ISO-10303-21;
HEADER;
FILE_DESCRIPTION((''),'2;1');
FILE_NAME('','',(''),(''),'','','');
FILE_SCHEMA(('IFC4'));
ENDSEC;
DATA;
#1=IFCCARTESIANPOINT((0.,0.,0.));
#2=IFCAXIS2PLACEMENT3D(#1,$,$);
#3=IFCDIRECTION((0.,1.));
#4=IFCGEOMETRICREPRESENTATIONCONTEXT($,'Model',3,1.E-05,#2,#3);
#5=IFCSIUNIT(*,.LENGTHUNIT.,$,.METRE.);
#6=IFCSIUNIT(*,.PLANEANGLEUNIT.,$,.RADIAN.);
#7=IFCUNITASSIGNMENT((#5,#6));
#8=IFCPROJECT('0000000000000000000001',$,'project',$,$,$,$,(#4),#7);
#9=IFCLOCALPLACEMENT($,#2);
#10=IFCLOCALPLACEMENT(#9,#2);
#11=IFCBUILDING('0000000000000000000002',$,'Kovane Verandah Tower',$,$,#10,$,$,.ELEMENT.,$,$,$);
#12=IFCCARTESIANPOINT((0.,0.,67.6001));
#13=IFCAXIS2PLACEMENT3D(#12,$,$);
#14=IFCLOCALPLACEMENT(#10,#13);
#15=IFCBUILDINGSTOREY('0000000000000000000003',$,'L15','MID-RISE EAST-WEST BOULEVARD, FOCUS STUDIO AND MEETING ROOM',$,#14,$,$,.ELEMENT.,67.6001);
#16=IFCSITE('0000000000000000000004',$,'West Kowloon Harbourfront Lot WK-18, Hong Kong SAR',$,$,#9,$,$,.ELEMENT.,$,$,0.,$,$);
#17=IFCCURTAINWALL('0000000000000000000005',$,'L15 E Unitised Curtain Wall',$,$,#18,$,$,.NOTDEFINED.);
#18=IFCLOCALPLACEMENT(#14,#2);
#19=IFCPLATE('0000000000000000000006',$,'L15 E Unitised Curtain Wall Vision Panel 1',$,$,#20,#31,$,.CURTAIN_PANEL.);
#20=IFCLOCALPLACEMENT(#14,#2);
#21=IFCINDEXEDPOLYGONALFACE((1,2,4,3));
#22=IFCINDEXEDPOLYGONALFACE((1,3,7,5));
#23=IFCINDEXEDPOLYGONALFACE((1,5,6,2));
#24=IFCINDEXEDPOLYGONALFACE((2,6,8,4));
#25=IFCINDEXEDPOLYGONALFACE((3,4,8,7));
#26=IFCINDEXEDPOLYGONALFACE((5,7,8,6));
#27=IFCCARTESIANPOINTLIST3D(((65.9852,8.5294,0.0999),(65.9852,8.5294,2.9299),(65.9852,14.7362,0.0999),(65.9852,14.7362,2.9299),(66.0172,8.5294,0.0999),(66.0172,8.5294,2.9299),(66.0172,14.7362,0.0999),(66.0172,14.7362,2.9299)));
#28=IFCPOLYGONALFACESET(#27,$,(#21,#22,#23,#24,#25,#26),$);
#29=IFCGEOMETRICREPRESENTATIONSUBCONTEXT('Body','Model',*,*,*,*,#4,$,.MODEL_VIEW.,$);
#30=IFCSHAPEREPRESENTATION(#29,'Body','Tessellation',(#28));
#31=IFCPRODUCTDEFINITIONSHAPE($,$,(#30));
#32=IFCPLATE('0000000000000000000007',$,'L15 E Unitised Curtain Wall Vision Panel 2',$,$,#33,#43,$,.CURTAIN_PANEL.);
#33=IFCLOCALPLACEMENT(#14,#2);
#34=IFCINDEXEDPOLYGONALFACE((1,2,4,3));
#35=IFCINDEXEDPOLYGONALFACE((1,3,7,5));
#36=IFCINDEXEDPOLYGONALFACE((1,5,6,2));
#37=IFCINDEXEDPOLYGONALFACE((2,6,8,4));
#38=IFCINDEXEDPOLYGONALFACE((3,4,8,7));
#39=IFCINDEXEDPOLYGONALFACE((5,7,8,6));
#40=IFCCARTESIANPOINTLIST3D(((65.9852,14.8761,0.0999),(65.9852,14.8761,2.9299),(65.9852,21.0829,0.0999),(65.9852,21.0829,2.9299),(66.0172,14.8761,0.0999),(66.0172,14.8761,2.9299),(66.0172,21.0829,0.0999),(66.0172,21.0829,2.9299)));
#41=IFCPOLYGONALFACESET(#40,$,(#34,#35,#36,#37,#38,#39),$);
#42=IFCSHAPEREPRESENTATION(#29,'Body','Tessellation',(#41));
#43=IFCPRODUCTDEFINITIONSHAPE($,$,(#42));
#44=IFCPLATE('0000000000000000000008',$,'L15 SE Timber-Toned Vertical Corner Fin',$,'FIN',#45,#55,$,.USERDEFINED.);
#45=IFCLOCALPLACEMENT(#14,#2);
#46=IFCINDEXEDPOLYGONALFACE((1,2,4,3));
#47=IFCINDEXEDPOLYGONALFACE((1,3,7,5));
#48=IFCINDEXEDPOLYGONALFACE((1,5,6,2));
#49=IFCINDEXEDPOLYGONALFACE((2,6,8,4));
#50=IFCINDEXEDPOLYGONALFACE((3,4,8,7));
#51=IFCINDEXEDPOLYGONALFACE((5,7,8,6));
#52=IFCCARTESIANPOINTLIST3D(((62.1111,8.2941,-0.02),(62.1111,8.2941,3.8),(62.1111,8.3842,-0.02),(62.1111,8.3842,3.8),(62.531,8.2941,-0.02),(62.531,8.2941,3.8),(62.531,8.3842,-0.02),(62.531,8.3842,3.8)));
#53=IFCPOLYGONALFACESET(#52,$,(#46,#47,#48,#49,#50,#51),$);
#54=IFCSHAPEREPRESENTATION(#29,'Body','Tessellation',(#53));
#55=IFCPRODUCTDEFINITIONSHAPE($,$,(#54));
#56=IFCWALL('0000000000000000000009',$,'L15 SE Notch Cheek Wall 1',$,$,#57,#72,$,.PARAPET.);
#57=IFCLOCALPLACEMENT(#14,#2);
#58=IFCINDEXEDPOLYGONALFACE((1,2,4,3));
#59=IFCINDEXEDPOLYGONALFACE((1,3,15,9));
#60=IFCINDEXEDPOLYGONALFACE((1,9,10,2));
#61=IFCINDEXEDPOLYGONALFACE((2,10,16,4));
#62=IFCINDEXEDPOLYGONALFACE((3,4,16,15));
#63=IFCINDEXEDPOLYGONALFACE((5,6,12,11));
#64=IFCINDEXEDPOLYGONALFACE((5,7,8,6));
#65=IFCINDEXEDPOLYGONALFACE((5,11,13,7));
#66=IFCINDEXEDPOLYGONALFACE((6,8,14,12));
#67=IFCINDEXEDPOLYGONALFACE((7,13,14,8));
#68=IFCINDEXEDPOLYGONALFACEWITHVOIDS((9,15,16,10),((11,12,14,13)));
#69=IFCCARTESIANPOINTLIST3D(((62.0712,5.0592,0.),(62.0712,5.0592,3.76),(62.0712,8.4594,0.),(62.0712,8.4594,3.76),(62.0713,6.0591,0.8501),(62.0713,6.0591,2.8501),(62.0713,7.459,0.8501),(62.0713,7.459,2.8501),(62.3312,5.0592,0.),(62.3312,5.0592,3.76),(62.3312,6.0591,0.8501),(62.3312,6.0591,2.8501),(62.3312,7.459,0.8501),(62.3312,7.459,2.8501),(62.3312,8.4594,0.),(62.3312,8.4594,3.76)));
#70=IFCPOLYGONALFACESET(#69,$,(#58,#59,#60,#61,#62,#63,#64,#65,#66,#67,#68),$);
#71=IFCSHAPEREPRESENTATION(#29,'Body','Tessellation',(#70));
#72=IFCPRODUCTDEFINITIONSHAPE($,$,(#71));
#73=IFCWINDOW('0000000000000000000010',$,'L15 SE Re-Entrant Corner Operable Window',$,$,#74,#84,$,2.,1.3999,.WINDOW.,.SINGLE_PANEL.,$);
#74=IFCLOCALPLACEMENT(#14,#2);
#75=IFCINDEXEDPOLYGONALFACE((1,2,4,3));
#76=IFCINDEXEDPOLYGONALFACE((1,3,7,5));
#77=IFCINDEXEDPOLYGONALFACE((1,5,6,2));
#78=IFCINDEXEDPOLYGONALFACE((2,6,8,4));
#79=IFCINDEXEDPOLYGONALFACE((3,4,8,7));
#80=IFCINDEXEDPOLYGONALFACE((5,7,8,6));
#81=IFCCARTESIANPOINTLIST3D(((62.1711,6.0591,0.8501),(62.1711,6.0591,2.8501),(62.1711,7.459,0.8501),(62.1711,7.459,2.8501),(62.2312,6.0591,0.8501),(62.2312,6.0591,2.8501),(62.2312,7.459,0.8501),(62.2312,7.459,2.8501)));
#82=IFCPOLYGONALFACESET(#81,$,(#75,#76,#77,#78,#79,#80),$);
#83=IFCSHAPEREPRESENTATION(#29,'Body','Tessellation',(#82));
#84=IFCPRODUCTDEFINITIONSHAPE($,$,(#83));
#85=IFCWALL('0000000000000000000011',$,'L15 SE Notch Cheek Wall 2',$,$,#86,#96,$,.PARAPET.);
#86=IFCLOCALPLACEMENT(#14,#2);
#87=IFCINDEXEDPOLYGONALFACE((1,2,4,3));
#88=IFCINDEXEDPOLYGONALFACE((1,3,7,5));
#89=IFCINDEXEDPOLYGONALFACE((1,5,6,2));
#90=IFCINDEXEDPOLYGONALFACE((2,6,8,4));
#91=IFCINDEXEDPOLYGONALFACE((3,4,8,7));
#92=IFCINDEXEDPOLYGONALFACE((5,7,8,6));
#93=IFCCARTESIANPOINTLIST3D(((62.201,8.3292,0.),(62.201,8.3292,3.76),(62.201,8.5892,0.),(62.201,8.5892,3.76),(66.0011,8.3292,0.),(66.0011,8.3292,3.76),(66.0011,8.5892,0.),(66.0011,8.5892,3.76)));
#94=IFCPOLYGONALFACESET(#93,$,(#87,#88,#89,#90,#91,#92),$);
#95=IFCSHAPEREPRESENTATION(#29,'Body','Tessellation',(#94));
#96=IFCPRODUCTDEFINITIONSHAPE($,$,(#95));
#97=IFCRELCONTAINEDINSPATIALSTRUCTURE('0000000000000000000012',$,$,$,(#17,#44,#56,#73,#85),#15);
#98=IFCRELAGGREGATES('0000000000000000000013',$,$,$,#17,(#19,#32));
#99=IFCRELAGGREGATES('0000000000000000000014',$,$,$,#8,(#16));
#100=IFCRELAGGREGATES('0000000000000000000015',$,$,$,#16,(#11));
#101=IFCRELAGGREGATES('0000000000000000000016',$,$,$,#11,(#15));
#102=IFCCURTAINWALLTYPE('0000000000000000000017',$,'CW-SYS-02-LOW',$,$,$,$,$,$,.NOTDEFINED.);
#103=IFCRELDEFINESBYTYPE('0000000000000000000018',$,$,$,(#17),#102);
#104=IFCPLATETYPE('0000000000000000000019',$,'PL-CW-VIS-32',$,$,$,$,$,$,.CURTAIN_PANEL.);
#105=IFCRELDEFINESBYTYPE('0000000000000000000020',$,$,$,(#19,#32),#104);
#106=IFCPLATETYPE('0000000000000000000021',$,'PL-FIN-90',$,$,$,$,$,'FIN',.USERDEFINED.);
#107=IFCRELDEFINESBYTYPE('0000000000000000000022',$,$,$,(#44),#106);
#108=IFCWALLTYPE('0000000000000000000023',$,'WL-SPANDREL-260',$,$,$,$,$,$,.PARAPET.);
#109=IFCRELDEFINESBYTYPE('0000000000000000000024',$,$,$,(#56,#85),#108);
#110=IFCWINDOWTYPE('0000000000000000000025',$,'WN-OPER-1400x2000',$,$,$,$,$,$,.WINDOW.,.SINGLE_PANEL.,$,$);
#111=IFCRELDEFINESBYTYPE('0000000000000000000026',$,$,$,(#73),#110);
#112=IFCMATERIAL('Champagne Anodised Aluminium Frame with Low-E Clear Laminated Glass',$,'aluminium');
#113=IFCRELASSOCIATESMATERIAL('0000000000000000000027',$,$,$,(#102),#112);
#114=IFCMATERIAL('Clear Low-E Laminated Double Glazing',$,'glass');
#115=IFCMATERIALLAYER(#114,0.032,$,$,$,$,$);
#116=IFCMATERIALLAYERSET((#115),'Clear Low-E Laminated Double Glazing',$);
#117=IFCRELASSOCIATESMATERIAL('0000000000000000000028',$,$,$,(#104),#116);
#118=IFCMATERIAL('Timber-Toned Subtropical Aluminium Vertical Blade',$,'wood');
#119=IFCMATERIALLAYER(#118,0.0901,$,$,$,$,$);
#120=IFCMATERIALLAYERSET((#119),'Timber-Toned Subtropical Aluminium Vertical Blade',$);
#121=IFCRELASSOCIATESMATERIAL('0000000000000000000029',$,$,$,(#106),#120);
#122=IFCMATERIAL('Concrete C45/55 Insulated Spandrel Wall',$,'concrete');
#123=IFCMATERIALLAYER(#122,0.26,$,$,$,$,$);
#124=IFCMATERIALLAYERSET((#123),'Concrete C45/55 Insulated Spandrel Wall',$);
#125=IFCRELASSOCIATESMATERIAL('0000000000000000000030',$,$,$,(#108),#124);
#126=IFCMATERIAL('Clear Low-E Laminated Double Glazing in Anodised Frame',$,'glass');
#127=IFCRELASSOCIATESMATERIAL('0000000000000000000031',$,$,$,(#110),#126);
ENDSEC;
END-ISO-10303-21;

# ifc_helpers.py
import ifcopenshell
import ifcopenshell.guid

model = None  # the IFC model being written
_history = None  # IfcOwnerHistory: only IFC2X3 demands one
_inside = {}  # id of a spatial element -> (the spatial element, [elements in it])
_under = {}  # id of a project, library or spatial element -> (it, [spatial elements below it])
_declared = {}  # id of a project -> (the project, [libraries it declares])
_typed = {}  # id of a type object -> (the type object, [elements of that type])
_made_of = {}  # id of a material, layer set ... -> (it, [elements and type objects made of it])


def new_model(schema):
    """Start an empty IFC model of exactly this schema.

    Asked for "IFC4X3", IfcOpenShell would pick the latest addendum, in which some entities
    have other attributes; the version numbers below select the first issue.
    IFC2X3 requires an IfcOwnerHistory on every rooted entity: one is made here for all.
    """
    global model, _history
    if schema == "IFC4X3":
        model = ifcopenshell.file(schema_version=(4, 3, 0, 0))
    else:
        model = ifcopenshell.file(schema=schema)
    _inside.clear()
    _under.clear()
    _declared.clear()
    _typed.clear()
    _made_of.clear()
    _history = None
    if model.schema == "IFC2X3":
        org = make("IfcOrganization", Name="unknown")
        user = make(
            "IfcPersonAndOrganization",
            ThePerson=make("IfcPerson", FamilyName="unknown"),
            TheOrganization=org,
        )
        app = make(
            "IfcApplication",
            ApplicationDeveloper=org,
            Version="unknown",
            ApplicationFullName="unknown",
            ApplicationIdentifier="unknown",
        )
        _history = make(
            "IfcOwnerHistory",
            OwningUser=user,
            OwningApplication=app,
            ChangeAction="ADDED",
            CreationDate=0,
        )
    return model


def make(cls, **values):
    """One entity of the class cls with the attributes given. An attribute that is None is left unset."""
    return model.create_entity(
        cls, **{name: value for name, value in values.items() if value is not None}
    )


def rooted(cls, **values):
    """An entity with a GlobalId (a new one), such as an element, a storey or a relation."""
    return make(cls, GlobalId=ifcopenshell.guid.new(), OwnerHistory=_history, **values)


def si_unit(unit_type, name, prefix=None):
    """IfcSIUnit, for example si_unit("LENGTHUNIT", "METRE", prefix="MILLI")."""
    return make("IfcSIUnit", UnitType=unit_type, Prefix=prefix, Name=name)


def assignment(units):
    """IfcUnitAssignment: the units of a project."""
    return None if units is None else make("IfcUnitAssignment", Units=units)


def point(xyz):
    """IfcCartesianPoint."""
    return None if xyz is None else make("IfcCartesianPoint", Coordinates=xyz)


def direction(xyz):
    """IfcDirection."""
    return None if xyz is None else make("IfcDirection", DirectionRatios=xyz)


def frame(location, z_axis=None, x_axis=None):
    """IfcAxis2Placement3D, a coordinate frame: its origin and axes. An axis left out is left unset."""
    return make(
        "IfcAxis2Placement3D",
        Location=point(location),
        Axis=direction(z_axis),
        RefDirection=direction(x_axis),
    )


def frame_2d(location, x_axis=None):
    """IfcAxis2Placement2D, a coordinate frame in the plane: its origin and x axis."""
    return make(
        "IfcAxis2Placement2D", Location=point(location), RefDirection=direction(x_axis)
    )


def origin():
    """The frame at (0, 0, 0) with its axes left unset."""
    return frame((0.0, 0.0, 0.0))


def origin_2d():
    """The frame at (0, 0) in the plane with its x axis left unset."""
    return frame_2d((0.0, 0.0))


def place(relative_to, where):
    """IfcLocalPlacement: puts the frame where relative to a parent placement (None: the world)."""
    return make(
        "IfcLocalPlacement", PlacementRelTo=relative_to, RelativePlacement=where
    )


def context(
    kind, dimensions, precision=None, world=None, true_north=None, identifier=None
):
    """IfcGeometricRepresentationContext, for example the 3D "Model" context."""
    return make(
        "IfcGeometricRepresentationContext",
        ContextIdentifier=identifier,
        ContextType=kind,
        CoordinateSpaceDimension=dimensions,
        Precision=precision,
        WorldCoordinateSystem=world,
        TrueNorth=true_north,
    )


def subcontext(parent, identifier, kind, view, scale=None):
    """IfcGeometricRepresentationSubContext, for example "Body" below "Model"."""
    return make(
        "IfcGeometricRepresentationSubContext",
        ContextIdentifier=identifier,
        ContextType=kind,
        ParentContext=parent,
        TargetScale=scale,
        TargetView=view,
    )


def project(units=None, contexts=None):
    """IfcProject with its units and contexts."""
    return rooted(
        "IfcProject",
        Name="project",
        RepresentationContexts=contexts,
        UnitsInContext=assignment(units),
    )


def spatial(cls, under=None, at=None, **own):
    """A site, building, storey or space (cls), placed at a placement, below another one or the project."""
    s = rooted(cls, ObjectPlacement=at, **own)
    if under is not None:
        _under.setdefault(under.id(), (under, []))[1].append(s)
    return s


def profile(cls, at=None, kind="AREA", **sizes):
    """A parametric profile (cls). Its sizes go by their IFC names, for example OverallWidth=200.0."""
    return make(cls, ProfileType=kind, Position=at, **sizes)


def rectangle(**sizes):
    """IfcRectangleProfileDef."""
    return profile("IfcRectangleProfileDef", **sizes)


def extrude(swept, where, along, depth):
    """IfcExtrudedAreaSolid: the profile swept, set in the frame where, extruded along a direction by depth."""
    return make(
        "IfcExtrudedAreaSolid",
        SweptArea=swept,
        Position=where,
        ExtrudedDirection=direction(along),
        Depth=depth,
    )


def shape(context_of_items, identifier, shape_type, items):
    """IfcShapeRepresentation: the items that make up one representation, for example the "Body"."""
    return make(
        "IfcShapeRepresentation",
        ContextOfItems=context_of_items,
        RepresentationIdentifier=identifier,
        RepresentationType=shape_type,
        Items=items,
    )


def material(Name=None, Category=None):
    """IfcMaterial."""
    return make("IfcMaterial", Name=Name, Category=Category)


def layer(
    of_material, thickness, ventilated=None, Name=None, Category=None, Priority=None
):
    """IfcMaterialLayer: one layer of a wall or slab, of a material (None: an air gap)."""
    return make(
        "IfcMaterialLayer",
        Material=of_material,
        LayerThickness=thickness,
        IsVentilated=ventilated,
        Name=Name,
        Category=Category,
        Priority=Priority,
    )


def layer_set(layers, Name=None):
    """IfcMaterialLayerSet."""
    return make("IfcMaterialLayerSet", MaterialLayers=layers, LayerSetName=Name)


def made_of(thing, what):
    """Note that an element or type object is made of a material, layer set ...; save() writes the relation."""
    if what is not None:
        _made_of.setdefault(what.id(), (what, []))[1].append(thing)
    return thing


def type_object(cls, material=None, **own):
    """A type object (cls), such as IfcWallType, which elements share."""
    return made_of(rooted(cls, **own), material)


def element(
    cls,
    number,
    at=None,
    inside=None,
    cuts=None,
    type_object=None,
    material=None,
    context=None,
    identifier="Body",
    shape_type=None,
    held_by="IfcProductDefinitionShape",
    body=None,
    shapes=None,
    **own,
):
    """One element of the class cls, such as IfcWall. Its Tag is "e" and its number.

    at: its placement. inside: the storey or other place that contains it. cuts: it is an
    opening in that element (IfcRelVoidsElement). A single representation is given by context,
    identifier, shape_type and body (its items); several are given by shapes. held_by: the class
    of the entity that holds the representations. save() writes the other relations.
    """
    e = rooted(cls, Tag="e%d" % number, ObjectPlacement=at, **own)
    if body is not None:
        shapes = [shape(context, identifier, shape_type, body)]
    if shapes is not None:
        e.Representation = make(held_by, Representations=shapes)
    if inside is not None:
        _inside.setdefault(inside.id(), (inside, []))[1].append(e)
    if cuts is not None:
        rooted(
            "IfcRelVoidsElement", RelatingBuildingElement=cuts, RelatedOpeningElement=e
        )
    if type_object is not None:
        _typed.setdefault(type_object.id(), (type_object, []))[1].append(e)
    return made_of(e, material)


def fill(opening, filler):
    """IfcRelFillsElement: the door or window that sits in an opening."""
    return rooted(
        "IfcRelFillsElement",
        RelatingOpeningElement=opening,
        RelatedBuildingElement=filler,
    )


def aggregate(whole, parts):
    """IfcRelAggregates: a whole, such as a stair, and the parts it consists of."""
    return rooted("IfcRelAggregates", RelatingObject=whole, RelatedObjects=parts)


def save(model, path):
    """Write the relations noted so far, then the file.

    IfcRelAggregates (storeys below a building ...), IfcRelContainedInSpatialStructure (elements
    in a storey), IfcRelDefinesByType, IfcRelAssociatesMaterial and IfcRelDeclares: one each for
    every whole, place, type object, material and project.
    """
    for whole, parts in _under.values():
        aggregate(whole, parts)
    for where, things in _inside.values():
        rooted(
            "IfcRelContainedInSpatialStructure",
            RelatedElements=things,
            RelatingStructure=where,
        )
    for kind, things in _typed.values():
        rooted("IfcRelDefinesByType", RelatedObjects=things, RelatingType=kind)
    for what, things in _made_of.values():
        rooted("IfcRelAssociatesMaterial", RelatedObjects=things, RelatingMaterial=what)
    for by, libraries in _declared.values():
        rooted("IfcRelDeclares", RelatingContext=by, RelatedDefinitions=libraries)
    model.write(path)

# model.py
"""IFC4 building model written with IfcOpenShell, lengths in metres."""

from ifc_helpers import new_model, si_unit, direction, frame, frame_2d, origin, origin_2d, place, context, subcontext, project, spatial, rectangle, extrude, material, layer, layer_set, type_object, element, fill, aggregate, save


model = new_model("IFC4")

# Units and contexts
model_context = context("Model", 3, precision=1e-05, world=origin(), true_north=direction((0.0, 1.0)))
body_context = subcontext(model_context, "Body", "Model", "MODEL_VIEW")
ifc_project = project(units=[si_unit("LENGTHUNIT", "METRE"), si_unit("PLANEANGLEUNIT", "RADIAN")], contexts=[model_context])

# Site, building, storey
site_placement = place(None, origin())
site = spatial("IfcSite", under=ifc_project, at=site_placement, Name="West Kowloon Harbourfront Lot WK-18, Hong Kong SAR", CompositionType="ELEMENT", RefElevation=0.0)
building_placement = place(site_placement, origin())
building = spatial("IfcBuilding", under=site, at=building_placement, Name="Kovane Verandah Tower", CompositionType="ELEMENT")
storey_placement = place(building_placement, frame((0.0, 0.0, 67.6001)))
storey = spatial("IfcBuildingStorey", under=building, at=storey_placement, Name="L15", Description="MID-RISE EAST-WEST BOULEVARD, FOCUS STUDIO AND MEETING ROOM", CompositionType="ELEMENT", Elevation=67.6001)

# Curtain wall
ifc_material_1 = material(Name="Champagne Anodised Aluminium Frame with Low-E Clear Laminated Glass", Category="aluminium")
curtain_wall_type = type_object("IfcCurtainWallType", Name="CW-SYS-02-LOW", PredefinedType="NOTDEFINED", material=ifc_material_1)
curtain_wall_placement = place(storey_placement, origin())
curtain_wall = element("IfcCurtainWall", 1, at=curtain_wall_placement, inside=storey, type_object=curtain_wall_type, Name="L15 E Unitised Curtain Wall", PredefinedType="NOTDEFINED")

# Plates
ifc_material_2 = material(Name="Clear Low-E Laminated Double Glazing", Category="glass")
ifc_layer_1 = layer(ifc_material_2, 0.032)
ifc_layer_set_1 = layer_set([ifc_layer_1], Name="Clear Low-E Laminated Double Glazing")
plate_type_1 = type_object("IfcPlateType", Name="PL-CW-VIS-32", PredefinedType="CURTAIN_PANEL", material=ifc_layer_set_1)
plate_1_placement = place(storey_placement, frame((66.0012, 11.6328, 0.0999), z_axis=(0.0, 0.0, 1.0), x_axis=(0.0, 1.0, 0.0)))
plate_1 = element("IfcPlate", 2, at=plate_1_placement, type_object=plate_type_1, Name="L15 E Unitised Curtain Wall Vision Panel 1", PredefinedType="CURTAIN_PANEL", context=body_context, shape_type="SweptSolid", body=[
    extrude(rectangle(XDim=6.2068, YDim=0.032, at=origin_2d()), origin(), (0.0, 0.0, 1.0), 2.8301),
])
plate_2_placement = place(storey_placement, frame((66.0012, 17.9795, 0.0999), z_axis=(0.0, 0.0, 1.0), x_axis=(0.0, 1.0, 0.0)))
plate_2 = element("IfcPlate", 3, at=plate_2_placement, type_object=plate_type_1, Name="L15 E Unitised Curtain Wall Vision Panel 2", PredefinedType="CURTAIN_PANEL", context=body_context, shape_type="SweptSolid", body=[
    extrude(rectangle(XDim=6.2068, YDim=0.032, at=origin_2d()), origin(), (0.0, 0.0, 1.0), 2.8301),
])
aggregate(curtain_wall, [plate_1, plate_2])
ifc_material_3 = material(Name="Timber-Toned Subtropical Aluminium Vertical Blade", Category="wood")
ifc_layer_2 = layer(ifc_material_3, 0.0901)
ifc_layer_set_2 = layer_set([ifc_layer_2], Name="Timber-Toned Subtropical Aluminium Vertical Blade")
plate_type_2 = type_object("IfcPlateType", Name="PL-FIN-90", ElementType="FIN", PredefinedType="USERDEFINED", material=ifc_layer_set_2)
plate_3_placement = place(storey_placement, frame((62.321, 8.3391, -0.02), z_axis=(0.0, 0.0, 1.0), x_axis=(1.0, 0.0, 0.0)))
element("IfcPlate", 4, at=plate_3_placement, inside=storey, type_object=plate_type_2, Name="L15 SE Timber-Toned Vertical Corner Fin", ObjectType="FIN", PredefinedType="USERDEFINED", context=body_context, shape_type="SweptSolid", body=[
    extrude(rectangle(XDim=0.4199, YDim=0.0901, at=origin_2d()), origin(), (0.0, 0.0, 1.0), 3.8201),
])

# Wall, opening, window
ifc_material_4 = material(Name="Concrete C45/55 Insulated Spandrel Wall", Category="concrete")
ifc_layer_3 = layer(ifc_material_4, 0.26)
ifc_layer_set_3 = layer_set([ifc_layer_3], Name="Concrete C45/55 Insulated Spandrel Wall")
wall_type = type_object("IfcWallType", Name="WL-SPANDREL-260", PredefinedType="PARAPET", material=ifc_layer_set_3)
wall_1_placement = place(storey_placement, frame((62.2012, 5.0591, 0.0), z_axis=(0.0, 0.0, 1.0), x_axis=(0.0, 1.0, 0.0)))
wall_1 = element("IfcWall", 5, at=wall_1_placement, inside=storey, type_object=wall_type, Name="L15 SE Notch Cheek Wall 1", PredefinedType="PARAPET", context=body_context, shape_type="SweptSolid", body=[
    extrude(rectangle(XDim=3.4001, YDim=0.26, at=frame_2d((1.7002, 0.0))), origin(), (0.0, 0.0, 1.0), 3.76),
])
opening_placement = place(wall_1_placement, frame((1.0, 0.0, 0.8501)))
opening = element("IfcOpeningElement", 6, at=opening_placement, cuts=wall_1, PredefinedType="OPENING", context=body_context, shape_type="SweptSolid", body=[
    extrude(rectangle(XDim=1.3999, YDim=2.0, at=frame_2d((0.7, 1.0))), frame((0.0, 0.1299, 0.0), z_axis=(0.0, -1.0, 0.0), x_axis=(1.0, 0.0, 0.0)), (0.0, 0.0, 1.0), 0.26),
])
ifc_material_5 = material(Name="Clear Low-E Laminated Double Glazing in Anodised Frame", Category="glass")
window_type = type_object("IfcWindowType", Name="WN-OPER-1400x2000", PartitioningType="SINGLE_PANEL", PredefinedType="WINDOW", material=ifc_material_5)
window_placement = place(opening_placement, origin())
window = element("IfcWindow", 7, at=window_placement, inside=storey, type_object=window_type, Name="L15 SE Re-Entrant Corner Operable Window", OverallHeight=2.0, OverallWidth=1.3999, PartitioningType="SINGLE_PANEL", PredefinedType="WINDOW", context=body_context, shape_type="SweptSolid", body=[
    extrude(rectangle(XDim=1.3999, YDim=2.0, at=frame_2d((0.7, 1.0))), frame((0.0, 0.03, 0.0), z_axis=(0.0, -1.0, 0.0), x_axis=(1.0, 0.0, 0.0)), (0.0, 0.0, 1.0), 0.0601),
])
fill(opening, window)

# Wall
wall_2_placement = place(storey_placement, frame((62.2012, 8.4592, 0.0), z_axis=(0.0, 0.0, 1.0), x_axis=(1.0, 0.0, 0.0)))
element("IfcWall", 8, at=wall_2_placement, inside=storey, type_object=wall_type, Name="L15 SE Notch Cheek Wall 2", PredefinedType="PARAPET", context=body_context, shape_type="SweptSolid", body=[
    extrude(rectangle(XDim=3.8, YDim=0.26, at=frame_2d((1.8999, 0.0))), origin(), (0.0, 0.0, 1.0), 3.76),
])

save(model, "model.ifc")
